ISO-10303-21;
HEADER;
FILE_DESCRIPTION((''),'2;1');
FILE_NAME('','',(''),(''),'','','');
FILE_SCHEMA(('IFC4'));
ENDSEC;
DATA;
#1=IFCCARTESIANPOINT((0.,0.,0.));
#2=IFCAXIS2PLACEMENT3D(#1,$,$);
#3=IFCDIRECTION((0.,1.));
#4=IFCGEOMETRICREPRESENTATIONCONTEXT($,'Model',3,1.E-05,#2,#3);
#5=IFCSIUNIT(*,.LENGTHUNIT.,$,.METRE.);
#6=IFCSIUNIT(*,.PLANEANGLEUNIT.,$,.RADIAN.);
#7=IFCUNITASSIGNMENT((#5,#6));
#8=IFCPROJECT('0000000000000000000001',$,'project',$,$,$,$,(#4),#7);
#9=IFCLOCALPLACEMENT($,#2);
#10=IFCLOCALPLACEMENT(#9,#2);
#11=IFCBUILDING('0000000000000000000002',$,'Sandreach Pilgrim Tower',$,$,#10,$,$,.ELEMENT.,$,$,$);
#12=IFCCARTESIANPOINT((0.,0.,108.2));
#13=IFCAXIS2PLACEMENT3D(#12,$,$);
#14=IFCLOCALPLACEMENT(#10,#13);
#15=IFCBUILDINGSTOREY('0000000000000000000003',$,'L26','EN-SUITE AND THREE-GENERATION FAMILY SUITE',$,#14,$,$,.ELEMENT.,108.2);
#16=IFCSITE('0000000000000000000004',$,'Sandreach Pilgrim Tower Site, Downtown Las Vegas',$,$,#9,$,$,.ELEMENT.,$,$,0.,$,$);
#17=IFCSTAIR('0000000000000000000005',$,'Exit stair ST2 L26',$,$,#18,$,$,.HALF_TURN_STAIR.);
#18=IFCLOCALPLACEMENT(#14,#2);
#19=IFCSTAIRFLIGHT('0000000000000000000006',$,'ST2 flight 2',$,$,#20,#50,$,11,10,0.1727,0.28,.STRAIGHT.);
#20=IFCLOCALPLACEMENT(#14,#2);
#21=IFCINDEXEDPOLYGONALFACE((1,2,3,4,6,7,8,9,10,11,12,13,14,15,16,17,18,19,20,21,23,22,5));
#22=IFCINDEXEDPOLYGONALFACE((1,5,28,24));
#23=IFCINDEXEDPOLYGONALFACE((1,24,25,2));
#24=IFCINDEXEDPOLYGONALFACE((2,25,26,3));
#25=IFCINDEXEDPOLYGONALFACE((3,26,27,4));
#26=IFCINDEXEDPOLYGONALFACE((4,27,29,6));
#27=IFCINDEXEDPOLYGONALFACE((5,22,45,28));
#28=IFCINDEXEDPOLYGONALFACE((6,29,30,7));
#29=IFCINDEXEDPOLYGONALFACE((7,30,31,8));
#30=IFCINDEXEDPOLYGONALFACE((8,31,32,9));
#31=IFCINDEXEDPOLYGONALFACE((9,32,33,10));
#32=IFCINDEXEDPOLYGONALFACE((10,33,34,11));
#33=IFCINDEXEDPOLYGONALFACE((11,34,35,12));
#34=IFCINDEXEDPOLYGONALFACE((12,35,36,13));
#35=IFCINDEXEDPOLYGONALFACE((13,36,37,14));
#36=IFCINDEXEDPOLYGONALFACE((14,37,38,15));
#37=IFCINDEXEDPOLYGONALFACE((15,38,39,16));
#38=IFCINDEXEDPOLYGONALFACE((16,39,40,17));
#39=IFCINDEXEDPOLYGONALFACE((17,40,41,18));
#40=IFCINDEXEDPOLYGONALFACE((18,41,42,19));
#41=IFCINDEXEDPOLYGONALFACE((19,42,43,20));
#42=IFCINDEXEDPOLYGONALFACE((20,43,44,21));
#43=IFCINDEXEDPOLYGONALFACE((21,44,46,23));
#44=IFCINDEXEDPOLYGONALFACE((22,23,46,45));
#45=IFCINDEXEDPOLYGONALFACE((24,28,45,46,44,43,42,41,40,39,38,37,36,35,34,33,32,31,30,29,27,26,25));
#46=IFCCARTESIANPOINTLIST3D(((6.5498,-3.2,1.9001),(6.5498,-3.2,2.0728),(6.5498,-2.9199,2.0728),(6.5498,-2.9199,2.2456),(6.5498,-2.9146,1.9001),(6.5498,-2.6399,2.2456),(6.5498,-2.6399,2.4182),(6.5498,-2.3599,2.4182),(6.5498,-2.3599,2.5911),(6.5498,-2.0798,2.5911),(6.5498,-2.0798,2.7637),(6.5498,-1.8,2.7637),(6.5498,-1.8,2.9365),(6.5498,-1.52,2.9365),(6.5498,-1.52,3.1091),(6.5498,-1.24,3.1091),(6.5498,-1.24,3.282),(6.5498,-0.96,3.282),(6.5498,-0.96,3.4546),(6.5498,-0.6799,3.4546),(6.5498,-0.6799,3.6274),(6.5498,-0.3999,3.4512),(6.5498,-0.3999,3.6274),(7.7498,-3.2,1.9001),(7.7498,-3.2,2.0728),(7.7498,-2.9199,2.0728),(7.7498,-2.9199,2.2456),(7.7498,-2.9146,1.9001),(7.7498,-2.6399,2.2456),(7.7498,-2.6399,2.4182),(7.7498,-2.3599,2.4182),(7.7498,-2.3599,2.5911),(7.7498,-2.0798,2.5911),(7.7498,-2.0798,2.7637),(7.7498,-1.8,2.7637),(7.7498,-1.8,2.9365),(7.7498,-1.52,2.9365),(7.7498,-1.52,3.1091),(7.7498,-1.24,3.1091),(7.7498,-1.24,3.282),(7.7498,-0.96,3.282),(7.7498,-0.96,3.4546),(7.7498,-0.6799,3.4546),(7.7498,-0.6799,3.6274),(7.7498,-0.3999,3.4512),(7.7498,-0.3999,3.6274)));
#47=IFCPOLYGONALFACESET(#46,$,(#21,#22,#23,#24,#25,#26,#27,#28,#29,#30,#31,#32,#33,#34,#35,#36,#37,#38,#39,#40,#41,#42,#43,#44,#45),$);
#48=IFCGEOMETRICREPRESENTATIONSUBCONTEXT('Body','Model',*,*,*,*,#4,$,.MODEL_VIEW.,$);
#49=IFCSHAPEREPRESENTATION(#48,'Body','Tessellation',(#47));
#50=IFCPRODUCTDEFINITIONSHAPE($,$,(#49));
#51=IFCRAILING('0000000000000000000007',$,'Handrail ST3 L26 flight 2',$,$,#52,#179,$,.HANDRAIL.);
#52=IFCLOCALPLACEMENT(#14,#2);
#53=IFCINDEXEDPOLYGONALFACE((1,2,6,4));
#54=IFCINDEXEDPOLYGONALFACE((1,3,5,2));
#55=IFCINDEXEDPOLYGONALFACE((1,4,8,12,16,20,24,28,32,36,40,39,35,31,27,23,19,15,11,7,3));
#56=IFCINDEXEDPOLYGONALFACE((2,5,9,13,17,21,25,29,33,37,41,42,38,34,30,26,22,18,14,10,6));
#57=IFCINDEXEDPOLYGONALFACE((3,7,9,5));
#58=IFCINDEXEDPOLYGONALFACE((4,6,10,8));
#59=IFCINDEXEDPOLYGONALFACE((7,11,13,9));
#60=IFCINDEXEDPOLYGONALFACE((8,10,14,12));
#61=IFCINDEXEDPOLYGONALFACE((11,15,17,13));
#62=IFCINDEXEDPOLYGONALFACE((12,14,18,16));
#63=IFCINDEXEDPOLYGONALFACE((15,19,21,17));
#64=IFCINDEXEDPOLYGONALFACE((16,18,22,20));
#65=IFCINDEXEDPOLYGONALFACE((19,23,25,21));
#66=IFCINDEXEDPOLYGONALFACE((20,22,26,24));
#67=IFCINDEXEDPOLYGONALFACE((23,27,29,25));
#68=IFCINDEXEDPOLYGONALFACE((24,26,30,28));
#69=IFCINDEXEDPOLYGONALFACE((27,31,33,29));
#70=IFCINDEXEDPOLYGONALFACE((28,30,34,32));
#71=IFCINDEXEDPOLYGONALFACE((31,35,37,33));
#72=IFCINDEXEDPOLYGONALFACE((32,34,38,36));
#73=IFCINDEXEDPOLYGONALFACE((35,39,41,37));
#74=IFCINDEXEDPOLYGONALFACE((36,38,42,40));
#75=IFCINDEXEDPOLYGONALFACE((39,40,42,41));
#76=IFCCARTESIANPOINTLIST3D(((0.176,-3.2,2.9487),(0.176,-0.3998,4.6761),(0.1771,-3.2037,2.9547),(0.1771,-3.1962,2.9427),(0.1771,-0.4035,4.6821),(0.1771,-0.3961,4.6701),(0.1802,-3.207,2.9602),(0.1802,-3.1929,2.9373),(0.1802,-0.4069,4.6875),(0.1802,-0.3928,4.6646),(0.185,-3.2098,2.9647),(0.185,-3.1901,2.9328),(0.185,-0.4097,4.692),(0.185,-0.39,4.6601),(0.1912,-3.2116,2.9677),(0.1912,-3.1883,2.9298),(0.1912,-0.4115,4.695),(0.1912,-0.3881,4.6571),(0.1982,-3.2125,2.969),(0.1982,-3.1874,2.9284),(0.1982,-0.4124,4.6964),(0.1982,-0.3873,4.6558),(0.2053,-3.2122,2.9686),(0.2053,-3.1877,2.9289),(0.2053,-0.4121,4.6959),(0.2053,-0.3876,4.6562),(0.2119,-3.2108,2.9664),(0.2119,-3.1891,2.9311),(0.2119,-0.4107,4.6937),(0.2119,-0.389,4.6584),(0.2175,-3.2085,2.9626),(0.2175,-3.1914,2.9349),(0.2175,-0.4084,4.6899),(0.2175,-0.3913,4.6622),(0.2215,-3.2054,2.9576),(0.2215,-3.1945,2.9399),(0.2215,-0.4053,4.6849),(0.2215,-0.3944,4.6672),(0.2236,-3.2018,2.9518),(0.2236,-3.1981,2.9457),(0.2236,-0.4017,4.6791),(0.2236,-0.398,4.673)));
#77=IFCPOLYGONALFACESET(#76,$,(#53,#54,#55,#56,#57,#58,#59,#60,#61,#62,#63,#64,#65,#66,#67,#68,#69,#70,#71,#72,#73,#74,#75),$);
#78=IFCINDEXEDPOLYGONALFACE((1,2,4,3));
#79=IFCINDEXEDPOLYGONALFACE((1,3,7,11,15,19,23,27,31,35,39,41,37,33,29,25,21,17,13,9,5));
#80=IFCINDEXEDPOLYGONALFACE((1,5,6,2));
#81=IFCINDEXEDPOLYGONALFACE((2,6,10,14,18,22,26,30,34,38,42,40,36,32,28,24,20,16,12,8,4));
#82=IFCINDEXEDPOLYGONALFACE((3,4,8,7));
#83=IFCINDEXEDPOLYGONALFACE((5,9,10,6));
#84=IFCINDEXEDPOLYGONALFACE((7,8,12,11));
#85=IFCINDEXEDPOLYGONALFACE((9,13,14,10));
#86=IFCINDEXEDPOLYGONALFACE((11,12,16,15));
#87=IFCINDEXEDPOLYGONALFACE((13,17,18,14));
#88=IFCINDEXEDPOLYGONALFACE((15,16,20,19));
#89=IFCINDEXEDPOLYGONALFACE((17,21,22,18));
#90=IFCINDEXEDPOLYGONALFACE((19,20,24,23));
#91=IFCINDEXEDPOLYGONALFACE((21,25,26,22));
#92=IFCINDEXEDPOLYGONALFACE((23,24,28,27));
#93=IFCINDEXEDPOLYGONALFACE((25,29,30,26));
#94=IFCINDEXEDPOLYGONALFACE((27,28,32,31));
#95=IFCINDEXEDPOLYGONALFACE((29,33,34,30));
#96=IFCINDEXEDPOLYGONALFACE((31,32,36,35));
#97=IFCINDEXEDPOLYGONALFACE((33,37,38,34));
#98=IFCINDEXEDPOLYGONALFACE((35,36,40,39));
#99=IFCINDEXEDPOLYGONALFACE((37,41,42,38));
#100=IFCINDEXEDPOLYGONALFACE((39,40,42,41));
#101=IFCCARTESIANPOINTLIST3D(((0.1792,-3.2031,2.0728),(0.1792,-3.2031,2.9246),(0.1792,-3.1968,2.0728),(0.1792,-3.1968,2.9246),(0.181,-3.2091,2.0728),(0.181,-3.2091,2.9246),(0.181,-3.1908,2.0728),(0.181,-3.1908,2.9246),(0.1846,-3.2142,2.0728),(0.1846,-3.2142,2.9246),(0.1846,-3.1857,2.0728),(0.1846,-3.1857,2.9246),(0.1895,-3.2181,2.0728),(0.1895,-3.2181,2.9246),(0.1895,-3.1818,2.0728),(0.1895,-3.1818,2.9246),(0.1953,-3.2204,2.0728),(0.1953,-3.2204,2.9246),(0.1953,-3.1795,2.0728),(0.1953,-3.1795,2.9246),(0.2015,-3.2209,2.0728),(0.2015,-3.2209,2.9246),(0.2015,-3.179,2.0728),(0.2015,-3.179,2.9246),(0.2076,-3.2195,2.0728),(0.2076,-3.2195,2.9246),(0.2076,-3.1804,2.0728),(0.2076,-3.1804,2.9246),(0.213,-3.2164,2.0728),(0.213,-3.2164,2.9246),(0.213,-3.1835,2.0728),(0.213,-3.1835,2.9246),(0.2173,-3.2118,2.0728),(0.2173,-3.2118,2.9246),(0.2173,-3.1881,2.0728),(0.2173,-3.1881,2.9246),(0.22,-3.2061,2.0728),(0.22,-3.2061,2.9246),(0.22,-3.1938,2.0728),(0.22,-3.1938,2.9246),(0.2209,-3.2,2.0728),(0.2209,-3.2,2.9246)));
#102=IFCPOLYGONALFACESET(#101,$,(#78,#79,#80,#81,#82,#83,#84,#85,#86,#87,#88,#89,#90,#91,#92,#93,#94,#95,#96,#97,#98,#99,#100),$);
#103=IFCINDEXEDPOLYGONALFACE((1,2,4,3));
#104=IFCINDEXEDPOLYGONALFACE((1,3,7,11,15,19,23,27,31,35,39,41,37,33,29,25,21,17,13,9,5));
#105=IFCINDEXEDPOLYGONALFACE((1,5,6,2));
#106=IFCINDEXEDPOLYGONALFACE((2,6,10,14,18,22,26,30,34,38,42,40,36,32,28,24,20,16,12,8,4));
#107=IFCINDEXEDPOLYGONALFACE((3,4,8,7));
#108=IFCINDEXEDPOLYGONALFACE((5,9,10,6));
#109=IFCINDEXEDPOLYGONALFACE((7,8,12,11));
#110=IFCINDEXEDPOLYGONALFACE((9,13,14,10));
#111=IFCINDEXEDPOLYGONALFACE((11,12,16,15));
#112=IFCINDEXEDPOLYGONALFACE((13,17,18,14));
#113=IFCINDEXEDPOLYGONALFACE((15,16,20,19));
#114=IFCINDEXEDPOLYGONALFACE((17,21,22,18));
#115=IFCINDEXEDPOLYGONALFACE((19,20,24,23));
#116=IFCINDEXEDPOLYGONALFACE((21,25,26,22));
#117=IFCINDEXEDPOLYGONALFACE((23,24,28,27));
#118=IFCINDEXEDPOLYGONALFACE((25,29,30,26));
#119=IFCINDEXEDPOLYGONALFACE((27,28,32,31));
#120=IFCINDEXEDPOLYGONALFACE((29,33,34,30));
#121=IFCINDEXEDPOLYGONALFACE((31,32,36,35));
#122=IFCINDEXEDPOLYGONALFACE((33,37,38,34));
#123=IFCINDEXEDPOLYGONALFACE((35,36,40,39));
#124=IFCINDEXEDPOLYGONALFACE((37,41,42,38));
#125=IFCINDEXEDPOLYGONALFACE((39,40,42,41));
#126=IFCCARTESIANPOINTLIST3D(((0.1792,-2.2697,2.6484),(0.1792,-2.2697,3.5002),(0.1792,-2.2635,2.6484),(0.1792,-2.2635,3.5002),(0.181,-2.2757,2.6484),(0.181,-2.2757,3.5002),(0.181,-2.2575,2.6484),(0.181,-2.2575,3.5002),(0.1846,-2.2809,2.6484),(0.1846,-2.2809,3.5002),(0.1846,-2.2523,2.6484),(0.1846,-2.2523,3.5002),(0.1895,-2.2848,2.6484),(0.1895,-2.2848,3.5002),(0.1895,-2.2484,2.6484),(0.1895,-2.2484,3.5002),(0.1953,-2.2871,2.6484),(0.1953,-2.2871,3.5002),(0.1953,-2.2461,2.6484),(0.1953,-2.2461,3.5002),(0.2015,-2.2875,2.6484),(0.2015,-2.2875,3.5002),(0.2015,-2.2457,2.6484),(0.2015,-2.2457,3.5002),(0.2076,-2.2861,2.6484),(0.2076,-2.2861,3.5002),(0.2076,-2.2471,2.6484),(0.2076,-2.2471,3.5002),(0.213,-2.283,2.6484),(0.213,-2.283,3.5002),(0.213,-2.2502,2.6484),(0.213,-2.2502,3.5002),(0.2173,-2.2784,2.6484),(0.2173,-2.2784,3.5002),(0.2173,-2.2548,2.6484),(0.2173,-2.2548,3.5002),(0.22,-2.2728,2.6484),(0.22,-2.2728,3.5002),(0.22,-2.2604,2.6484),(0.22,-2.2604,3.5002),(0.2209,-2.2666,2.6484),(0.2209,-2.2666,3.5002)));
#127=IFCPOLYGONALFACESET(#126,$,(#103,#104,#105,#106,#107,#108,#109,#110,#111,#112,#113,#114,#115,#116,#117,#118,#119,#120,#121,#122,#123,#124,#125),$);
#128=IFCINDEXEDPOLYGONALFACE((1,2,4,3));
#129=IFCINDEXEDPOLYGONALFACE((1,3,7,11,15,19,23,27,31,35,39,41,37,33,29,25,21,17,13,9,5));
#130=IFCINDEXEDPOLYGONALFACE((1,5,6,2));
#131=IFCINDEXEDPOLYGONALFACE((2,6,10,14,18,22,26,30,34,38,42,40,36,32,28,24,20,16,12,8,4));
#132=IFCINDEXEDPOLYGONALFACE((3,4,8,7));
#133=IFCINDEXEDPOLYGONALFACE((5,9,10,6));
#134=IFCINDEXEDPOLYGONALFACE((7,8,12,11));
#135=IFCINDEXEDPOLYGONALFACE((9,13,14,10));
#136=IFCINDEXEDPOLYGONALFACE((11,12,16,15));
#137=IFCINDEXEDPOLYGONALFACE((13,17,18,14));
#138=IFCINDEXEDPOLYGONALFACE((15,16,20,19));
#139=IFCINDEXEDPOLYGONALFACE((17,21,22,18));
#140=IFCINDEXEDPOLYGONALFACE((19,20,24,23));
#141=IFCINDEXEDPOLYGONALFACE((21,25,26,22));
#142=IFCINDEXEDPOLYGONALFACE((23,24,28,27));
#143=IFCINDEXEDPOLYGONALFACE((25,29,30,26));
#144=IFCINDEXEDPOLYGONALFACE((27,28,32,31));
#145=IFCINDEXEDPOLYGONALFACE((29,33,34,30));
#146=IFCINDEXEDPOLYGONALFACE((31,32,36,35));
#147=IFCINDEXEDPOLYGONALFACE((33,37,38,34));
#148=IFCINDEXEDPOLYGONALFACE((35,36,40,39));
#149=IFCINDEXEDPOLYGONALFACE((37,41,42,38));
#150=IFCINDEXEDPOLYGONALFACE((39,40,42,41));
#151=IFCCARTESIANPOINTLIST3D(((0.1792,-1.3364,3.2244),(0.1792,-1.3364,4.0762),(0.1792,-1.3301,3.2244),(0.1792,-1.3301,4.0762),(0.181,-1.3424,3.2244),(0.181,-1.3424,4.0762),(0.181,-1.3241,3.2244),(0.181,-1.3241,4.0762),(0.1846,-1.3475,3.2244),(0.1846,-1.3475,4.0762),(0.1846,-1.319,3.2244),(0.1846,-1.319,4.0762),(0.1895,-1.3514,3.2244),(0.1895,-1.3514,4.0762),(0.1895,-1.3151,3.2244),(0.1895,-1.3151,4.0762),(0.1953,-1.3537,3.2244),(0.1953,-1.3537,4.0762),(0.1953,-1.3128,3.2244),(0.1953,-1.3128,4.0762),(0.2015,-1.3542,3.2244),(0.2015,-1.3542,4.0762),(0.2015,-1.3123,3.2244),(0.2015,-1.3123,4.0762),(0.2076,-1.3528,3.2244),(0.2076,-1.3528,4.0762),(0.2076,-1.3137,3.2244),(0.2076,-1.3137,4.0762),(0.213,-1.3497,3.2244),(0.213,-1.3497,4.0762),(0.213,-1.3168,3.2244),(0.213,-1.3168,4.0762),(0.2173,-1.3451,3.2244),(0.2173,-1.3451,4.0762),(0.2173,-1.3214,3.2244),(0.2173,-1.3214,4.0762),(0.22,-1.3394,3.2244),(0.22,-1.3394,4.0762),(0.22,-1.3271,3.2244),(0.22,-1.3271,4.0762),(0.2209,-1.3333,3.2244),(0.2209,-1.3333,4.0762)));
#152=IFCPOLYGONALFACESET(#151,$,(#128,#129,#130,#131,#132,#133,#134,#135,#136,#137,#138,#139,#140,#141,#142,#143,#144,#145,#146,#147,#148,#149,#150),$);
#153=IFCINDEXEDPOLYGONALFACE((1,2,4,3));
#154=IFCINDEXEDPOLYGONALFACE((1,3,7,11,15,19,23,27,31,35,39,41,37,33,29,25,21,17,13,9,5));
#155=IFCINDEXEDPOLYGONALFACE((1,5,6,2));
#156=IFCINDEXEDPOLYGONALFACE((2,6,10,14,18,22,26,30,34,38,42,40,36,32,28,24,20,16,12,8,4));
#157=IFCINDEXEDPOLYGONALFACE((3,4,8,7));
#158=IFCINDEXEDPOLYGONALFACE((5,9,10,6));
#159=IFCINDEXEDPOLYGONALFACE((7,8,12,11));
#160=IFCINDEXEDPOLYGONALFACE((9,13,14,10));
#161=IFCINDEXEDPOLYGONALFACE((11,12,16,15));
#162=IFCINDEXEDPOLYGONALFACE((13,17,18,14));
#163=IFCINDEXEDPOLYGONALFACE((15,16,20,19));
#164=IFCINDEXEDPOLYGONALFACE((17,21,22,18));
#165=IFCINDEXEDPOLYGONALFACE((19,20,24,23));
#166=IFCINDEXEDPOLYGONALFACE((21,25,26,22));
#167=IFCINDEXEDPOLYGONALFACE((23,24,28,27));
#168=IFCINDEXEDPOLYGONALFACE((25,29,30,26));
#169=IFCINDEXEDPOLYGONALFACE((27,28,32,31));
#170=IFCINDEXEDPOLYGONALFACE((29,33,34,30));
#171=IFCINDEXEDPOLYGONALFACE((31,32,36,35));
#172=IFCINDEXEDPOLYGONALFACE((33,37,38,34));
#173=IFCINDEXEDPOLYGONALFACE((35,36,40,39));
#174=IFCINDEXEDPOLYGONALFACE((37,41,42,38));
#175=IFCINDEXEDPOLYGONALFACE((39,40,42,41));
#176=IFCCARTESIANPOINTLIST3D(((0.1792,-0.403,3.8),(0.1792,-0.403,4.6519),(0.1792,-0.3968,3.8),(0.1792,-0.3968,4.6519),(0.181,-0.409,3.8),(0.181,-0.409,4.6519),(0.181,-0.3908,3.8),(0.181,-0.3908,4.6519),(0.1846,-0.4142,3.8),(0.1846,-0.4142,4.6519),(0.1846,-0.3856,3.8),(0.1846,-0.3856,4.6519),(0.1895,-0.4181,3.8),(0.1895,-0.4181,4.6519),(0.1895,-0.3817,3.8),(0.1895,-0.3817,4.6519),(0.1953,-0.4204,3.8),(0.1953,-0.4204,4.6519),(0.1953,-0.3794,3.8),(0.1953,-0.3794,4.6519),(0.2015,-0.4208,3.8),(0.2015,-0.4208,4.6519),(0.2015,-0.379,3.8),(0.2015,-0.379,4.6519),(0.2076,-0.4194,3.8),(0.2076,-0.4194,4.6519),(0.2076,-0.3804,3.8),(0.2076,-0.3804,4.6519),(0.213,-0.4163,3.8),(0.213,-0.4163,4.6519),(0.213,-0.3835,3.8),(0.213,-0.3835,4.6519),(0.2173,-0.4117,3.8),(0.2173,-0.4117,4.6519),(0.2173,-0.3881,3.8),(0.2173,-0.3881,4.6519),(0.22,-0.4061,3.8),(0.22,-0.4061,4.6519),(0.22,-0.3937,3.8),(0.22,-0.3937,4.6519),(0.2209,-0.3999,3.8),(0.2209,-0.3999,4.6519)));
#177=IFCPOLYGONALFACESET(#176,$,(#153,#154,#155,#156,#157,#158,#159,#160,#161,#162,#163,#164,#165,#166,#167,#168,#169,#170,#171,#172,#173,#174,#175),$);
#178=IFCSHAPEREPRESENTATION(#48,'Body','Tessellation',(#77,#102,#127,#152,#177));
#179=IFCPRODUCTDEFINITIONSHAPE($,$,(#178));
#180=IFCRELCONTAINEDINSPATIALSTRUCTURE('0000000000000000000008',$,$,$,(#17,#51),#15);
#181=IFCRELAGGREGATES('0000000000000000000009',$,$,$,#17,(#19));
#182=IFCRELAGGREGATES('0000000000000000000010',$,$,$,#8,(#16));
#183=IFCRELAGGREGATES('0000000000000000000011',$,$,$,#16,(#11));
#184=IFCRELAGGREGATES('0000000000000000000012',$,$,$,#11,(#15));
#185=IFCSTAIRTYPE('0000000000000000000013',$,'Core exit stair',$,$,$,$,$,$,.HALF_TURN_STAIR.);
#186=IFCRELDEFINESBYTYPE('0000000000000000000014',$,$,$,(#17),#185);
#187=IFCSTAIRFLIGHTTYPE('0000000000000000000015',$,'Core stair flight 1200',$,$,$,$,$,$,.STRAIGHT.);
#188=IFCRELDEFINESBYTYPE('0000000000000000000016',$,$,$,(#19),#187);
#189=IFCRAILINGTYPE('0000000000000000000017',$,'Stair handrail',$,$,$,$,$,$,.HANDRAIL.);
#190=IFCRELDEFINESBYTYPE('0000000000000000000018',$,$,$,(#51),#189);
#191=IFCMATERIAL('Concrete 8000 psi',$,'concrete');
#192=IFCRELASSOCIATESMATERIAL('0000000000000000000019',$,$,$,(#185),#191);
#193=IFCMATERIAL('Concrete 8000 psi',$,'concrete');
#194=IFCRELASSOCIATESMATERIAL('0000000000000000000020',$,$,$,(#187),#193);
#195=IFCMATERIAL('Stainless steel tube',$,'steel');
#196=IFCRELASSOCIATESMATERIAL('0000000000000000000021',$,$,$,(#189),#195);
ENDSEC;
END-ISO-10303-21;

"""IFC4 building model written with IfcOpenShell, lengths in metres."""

from ifc_helpers import new_model, si_unit, direction, frame, origin, origin_2d, place, context, subcontext, project, spatial, polyline, circle, outline, extrude, material, type_object, element, aggregate, save


model = new_model("IFC4")

# Units and contexts
model_context = context("Model", 3, precision=1e-05, world=origin(), true_north=direction((0.0, 1.0)))
body_context = subcontext(model_context, "Body", "Model", "MODEL_VIEW")
ifc_project = project(units=[si_unit("LENGTHUNIT", "METRE"), si_unit("PLANEANGLEUNIT", "RADIAN")], contexts=[model_context])

# Site, building, storey
site_placement = place(None, origin())
site = spatial("IfcSite", under=ifc_project, at=site_placement, Name="Sandreach Pilgrim Tower Site, Downtown Las Vegas", CompositionType="ELEMENT", RefElevation=0.0)
building_placement = place(site_placement, origin())
building = spatial("IfcBuilding", under=site, at=building_placement, Name="Sandreach Pilgrim Tower", CompositionType="ELEMENT")
storey_placement = place(building_placement, frame((0.0, 0.0, 108.2)))
storey = spatial("IfcBuildingStorey", under=building, at=storey_placement, Name="L26", Description="EN-SUITE AND THREE-GENERATION FAMILY SUITE", CompositionType="ELEMENT", Elevation=108.2)

# Shared definitions
ifc_material_1 = material(Name="Concrete 8000 psi", Category="concrete")
stair_type = type_object("IfcStairType", Name="Core exit stair", PredefinedType="HALF_TURN_STAIR", material=ifc_material_1)

# Stair
stair_1_placement = place(storey_placement, origin())
stair_1 = element("IfcStair", 1, at=stair_1_placement, inside=storey, type_object=stair_type, Name="Exit stair ST2 L26", PredefinedType="HALF_TURN_STAIR")

# Stair flight
ifc_material_2 = material(Name="Concrete 8000 psi", Category="concrete")
stair_flight_type = type_object("IfcStairFlightType", Name="Core stair flight 1200", PredefinedType="STRAIGHT", material=ifc_material_2)
stair_flight_1_placement = place(storey_placement, frame((7.1499, -3.2, 1.9001), z_axis=(0.0, 0.0, 1.0), x_axis=(0.0, 1.0, 0.0)))
stair_flight_1 = element("IfcStairFlight", 2, at=stair_flight_1_placement, type_object=stair_flight_type, Name="ST2 flight 2", NumberOfRisers=11, NumberOfTreads=10, PredefinedType="STRAIGHT", RiserHeight=0.1727, TreadLength=0.28, context=body_context, shape_type="SweptSolid", body=[
    extrude(outline(polyline([(0.0, 0.0), (0.0, 0.1726), (0.28, 0.1726), (0.28, 0.3455), (0.5601, 0.3455), (0.5601, 0.5181), (0.8401, 0.5181), (0.8401, 0.6909), (1.1201, 0.6909), (1.1201, 0.8635), (1.3999, 0.8635), (1.3999, 1.0364), (1.6799, 1.0364), (1.6799, 1.209), (1.96, 1.209), (1.96, 1.3818), (2.24, 1.3818), (2.24, 1.5544), (2.52, 1.5544), (2.52, 1.7273), (2.8, 1.7273), (2.8, 1.8999), (2.8, 1.551), (0.2854, 0.0), (0.0, 0.0)])), frame((0.0, 0.6001, 0.0), z_axis=(0.0, -1.0, 0.0), x_axis=(1.0, 0.0, 0.0)), (0.0, 0.0, 1.0), 1.2),
])
aggregate(stair_1, [stair_flight_1])

# Railing
ifc_material_3 = material(Name="Stainless steel tube", Category="steel")
railing_type = type_object("IfcRailingType", Name="Stair handrail", PredefinedType="HANDRAIL", material=ifc_material_3)
for number, where, name in (
    (3, (0.2, -3.2, 2.0728), "Handrail ST3 L26 flight 2"),
):
    element("IfcRailing", number, at=place(storey_placement, frame(where)), inside=storey, type_object=railing_type, Name=name, PredefinedType="HANDRAIL", context=body_context, shape_type="SweptSolid", body=[
        extrude(circle(Radius=0.0239, at=origin_2d()), frame((0.0, 0.0, 0.876), z_axis=(0.0, 0.85109, 0.52502), x_axis=(-1.0, 0.0, 0.0)), (0.0, 0.0, 1.0), 3.29),
        extrude(circle(Radius=0.021, at=origin_2d()), origin(), (0.0, 0.0, 1.0), 0.8518),
        extrude(circle(Radius=0.021, at=origin_2d()), frame((0.0, 0.9333, 0.5757)), (0.0, 0.0, 1.0), 0.8518),
        extrude(circle(Radius=0.021, at=origin_2d()), frame((0.0, 1.8667, 1.1516)), (0.0, 0.0, 1.0), 0.8518),
        extrude(circle(Radius=0.021, at=origin_2d()), frame((0.0, 2.8, 1.7273)), (0.0, 0.0, 1.0), 0.8518),
    ])

save(model, "model.ifc")
